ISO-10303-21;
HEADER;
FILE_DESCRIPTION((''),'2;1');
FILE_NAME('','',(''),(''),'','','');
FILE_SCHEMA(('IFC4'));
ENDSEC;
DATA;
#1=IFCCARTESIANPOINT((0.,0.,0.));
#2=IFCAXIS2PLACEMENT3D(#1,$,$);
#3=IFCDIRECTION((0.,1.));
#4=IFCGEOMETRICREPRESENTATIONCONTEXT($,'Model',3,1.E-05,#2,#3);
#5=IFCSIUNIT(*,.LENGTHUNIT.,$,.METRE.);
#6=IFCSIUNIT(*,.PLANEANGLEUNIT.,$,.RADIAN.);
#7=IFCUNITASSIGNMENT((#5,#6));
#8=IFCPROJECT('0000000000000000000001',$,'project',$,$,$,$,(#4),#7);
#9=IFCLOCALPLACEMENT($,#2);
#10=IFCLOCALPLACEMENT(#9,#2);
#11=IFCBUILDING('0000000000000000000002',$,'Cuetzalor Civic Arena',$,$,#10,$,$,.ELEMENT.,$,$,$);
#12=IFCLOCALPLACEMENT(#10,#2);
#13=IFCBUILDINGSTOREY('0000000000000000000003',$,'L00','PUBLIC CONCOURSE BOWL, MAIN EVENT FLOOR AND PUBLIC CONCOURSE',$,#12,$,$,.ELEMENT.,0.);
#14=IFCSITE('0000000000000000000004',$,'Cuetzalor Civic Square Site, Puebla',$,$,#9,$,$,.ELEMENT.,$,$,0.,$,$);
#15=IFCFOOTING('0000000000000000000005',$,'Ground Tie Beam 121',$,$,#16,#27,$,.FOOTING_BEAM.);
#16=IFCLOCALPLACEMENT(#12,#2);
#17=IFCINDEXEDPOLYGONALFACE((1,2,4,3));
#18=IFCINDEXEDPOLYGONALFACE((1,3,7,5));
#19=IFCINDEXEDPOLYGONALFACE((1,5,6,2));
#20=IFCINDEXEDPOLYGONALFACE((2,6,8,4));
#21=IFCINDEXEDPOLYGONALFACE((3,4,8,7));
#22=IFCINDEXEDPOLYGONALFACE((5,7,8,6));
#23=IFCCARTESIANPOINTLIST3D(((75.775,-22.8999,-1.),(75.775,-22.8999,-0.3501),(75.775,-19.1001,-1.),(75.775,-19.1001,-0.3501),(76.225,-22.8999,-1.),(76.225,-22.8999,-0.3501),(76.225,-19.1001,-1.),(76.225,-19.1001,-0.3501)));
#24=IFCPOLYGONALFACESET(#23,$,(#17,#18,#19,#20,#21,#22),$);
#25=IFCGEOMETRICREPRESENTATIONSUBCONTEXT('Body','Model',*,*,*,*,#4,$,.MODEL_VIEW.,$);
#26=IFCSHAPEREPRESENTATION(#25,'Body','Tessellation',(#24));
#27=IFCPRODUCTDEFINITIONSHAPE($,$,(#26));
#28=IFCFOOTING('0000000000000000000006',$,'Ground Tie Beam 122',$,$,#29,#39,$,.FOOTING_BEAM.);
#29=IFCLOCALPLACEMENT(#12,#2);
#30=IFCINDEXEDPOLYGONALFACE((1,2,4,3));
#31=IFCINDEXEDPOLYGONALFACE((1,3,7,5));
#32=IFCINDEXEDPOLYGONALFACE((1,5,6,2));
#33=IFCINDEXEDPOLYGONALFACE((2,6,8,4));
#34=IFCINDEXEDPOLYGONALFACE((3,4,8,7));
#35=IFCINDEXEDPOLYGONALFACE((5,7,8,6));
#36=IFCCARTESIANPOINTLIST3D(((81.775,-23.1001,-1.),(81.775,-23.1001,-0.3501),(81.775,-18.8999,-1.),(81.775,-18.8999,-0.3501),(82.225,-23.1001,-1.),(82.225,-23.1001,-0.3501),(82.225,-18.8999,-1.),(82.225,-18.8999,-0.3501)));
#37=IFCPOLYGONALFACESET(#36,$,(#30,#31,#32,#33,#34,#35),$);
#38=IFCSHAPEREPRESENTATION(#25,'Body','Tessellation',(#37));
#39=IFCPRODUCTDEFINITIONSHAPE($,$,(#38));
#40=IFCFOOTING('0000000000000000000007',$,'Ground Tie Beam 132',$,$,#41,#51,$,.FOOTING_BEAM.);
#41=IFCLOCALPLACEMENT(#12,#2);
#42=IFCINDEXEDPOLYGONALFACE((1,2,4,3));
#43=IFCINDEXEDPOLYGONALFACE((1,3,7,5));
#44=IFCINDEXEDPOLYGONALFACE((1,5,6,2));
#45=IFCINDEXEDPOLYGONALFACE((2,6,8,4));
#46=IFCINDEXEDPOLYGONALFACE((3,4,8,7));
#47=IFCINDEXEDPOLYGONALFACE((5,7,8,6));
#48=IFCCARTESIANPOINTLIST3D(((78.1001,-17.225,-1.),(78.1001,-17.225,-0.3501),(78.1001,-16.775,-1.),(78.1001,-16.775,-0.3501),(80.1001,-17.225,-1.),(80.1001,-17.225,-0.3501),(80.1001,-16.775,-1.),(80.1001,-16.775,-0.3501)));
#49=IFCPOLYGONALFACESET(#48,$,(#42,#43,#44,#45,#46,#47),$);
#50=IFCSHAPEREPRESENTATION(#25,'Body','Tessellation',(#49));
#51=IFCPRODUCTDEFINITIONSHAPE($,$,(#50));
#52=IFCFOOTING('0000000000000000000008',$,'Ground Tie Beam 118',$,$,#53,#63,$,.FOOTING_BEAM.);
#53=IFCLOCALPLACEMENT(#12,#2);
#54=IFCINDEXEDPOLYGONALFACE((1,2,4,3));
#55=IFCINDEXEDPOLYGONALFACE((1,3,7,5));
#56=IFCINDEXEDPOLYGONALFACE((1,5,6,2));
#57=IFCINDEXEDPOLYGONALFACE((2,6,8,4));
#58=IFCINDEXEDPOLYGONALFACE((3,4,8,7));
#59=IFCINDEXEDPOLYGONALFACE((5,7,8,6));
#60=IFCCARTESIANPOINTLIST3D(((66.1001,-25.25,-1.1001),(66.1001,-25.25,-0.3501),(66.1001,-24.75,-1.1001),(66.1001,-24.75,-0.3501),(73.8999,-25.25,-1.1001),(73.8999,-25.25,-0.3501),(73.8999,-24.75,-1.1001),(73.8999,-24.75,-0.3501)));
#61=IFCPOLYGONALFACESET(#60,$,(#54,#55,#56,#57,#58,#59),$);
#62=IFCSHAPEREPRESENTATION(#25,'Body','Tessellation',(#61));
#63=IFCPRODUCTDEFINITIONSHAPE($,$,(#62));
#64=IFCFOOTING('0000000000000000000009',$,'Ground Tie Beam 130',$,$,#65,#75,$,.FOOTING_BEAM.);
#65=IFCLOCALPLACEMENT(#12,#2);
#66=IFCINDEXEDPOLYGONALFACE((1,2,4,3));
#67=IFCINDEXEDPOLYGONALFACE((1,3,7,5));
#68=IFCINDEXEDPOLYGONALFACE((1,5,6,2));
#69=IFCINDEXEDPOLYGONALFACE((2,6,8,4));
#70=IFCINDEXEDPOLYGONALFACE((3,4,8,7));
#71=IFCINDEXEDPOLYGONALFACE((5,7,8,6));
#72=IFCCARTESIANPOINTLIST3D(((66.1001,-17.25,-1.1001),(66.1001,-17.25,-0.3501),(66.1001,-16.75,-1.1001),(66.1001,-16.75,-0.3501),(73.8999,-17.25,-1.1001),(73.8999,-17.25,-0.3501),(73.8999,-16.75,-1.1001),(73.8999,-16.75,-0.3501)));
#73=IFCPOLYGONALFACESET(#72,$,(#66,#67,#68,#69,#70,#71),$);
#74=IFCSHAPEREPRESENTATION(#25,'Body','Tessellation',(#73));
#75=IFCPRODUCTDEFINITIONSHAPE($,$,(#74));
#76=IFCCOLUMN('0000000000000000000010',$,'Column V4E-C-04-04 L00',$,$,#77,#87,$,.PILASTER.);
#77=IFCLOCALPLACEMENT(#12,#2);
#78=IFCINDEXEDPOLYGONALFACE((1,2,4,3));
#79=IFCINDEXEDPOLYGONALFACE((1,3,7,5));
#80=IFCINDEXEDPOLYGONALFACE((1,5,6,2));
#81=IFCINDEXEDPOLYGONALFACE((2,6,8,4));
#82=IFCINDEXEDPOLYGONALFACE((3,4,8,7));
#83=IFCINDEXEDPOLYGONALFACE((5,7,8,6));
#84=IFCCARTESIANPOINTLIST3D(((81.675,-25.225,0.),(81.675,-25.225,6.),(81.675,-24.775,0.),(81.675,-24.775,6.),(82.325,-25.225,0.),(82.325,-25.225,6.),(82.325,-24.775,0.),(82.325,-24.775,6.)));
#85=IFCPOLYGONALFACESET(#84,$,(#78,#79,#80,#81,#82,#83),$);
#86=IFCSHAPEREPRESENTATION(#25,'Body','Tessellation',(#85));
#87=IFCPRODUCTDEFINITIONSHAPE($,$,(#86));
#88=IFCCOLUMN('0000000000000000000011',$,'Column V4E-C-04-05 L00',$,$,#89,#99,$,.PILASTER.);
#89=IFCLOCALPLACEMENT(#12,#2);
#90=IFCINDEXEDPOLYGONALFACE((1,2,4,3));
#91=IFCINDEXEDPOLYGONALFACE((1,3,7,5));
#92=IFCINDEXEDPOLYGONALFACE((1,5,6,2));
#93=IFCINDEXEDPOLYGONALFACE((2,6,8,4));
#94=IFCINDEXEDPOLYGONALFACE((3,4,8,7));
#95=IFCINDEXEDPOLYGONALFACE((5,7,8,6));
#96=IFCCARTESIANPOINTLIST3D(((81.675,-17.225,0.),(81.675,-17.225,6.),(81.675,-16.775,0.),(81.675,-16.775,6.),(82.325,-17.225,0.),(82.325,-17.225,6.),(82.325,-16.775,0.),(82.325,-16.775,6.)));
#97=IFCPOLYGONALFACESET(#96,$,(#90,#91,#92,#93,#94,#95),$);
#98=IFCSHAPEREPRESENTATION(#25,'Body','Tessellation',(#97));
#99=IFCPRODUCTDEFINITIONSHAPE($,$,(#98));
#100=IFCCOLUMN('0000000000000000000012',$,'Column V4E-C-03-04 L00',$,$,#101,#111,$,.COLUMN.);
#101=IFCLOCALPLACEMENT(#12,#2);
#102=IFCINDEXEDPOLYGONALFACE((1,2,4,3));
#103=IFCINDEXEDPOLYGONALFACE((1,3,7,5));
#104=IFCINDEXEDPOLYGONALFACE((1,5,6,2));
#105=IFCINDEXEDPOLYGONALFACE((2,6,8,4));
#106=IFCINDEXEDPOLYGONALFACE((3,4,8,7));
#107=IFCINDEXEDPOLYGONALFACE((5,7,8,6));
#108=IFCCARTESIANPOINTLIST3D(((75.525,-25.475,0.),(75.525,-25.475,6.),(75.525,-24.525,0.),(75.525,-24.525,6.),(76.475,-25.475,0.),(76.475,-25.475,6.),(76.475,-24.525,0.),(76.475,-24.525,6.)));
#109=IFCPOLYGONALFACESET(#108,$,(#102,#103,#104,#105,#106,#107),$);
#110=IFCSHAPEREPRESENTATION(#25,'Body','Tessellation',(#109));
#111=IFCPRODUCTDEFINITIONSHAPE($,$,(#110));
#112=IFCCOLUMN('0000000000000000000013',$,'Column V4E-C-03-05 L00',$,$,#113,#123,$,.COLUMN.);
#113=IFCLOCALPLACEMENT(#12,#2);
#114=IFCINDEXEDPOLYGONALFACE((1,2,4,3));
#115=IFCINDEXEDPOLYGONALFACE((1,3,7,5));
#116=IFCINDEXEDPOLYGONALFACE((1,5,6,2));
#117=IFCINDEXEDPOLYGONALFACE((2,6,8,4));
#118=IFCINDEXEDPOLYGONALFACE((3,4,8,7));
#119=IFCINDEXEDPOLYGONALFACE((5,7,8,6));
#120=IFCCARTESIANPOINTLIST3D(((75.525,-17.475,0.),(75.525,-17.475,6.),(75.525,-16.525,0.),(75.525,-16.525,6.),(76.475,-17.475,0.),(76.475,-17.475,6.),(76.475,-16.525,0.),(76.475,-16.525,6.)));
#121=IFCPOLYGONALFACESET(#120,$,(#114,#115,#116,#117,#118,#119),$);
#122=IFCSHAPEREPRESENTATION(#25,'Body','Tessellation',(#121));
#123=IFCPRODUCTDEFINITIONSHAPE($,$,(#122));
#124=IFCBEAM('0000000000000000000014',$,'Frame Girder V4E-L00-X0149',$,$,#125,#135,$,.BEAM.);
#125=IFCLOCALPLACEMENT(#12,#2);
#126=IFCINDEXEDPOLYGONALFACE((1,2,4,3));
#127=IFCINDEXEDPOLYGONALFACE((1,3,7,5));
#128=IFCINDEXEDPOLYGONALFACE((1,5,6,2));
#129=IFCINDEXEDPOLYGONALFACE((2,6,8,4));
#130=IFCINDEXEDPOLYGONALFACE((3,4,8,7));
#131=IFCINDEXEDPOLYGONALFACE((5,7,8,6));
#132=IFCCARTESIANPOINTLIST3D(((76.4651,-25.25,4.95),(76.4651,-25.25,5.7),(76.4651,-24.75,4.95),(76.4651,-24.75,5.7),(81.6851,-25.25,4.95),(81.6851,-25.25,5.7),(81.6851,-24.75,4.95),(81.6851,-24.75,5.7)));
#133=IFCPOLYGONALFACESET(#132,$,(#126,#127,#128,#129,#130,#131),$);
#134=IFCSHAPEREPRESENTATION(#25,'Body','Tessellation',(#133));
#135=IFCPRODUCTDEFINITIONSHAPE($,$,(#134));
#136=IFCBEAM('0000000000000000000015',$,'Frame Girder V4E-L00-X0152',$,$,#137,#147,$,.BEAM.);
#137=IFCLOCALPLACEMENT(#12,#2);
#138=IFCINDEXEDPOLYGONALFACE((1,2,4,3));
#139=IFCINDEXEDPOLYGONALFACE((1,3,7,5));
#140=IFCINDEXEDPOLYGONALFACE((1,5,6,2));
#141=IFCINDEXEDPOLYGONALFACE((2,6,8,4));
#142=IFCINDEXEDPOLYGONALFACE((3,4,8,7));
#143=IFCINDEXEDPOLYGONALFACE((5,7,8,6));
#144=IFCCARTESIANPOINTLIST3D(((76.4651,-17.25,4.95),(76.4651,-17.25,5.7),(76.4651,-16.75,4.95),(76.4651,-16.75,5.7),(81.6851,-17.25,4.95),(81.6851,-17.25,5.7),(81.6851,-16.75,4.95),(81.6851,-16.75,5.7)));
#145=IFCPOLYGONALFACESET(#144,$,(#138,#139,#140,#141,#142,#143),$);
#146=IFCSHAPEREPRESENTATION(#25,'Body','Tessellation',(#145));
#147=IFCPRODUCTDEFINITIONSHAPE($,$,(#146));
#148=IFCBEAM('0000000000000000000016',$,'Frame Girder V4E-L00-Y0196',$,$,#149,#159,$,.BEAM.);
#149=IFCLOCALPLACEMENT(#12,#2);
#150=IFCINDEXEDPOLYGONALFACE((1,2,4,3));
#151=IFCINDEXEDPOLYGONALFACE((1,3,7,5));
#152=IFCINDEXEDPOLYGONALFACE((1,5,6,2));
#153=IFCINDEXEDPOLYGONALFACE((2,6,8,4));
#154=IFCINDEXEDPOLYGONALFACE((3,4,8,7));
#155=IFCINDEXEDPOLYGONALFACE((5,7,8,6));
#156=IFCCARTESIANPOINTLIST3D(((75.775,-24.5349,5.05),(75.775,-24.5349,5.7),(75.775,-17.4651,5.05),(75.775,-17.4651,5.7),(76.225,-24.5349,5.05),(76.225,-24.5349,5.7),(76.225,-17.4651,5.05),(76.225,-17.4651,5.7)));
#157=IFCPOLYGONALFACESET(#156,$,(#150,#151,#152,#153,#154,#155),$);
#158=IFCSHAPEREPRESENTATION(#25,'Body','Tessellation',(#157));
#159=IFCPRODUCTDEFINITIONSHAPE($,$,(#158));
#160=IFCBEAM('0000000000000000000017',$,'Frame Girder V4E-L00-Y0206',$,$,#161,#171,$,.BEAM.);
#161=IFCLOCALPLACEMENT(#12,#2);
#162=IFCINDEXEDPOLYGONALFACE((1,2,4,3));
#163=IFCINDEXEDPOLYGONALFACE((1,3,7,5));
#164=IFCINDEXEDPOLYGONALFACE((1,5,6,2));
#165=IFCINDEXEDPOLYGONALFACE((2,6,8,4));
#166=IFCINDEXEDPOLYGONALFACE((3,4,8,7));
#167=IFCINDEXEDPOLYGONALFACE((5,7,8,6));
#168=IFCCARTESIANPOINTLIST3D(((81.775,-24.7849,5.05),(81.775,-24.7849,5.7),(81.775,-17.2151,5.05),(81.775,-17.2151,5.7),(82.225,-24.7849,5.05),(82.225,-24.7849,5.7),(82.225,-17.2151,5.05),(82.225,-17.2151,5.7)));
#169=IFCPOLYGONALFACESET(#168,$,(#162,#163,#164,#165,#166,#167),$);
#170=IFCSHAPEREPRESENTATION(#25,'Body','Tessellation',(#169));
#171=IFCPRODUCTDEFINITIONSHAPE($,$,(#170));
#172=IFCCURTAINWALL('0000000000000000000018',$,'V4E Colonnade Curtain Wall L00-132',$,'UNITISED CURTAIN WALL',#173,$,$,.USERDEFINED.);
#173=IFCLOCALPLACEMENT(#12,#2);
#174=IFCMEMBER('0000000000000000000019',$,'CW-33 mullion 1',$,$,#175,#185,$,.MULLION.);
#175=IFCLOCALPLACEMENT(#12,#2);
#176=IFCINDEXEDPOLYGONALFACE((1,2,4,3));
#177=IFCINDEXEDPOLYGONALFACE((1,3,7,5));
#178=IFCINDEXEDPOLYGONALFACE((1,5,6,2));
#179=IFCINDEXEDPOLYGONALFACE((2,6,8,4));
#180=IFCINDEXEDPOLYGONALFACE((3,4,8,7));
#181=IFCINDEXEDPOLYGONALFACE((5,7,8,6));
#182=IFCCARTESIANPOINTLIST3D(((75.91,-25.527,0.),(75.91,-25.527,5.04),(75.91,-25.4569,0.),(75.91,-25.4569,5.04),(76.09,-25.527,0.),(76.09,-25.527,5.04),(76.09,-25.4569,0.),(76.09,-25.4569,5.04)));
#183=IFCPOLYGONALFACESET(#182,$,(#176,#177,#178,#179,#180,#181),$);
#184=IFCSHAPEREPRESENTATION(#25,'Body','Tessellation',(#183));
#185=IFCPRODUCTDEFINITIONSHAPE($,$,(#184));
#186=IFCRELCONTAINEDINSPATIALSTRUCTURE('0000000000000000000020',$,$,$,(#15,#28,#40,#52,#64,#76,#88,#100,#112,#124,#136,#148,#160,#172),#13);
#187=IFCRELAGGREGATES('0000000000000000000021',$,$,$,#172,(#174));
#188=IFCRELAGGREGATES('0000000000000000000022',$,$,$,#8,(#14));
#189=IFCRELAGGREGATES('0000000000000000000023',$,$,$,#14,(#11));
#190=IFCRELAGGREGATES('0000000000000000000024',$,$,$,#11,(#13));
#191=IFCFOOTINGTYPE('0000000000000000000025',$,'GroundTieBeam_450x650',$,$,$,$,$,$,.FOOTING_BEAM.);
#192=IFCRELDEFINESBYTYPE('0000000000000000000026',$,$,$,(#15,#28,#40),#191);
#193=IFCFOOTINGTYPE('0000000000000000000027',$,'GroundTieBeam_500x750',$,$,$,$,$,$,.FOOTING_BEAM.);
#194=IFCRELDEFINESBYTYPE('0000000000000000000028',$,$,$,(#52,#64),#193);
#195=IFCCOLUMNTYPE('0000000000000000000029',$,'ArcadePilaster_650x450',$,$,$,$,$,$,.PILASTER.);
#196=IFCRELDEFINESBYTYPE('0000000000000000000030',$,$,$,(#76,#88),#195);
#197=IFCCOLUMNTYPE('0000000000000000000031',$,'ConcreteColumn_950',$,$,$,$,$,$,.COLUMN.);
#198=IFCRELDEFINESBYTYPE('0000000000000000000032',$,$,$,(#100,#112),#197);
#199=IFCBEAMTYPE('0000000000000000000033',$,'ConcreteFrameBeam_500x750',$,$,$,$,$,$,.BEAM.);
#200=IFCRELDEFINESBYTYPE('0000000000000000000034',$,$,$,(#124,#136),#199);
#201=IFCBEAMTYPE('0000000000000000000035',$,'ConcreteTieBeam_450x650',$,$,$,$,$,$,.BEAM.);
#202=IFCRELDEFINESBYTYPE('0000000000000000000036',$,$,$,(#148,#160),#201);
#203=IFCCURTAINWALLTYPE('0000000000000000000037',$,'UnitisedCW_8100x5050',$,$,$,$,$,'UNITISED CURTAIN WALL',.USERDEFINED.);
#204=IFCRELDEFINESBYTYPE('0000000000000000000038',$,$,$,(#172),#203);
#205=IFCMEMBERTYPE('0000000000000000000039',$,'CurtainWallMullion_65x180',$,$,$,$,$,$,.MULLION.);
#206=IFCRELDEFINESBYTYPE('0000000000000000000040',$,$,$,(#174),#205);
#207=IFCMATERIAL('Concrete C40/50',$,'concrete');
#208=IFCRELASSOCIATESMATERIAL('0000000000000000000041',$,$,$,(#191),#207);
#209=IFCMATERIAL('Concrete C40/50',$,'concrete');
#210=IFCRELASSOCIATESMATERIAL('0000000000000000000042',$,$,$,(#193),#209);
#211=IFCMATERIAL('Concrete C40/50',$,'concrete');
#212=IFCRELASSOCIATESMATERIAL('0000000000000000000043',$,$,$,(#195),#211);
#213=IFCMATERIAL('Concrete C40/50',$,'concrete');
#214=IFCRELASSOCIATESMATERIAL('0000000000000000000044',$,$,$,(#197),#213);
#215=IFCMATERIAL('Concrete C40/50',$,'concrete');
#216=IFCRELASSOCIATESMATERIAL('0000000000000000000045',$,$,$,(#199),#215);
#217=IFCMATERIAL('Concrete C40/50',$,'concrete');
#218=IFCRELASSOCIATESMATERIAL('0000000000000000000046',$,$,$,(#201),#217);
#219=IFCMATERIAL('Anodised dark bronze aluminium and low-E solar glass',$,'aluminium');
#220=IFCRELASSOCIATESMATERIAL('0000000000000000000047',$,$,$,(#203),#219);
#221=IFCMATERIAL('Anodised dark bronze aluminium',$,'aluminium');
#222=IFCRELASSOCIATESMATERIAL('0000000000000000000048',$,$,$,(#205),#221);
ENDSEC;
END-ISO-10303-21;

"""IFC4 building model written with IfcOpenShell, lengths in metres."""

from ifc_helpers import new_model, si_unit, direction, frame, origin, origin_2d, place, context, subcontext, project, spatial, rectangle, extrude, material, material_profile, profile_set, type_object, element, aggregate, save


model = new_model("IFC4")

# Units and contexts
model_context = context("Model", 3, precision=1e-05, world=origin(), true_north=direction((0.0, 1.0)))
body_context = subcontext(model_context, "Body", "Model", "MODEL_VIEW")
ifc_project = project(units=[si_unit("LENGTHUNIT", "METRE"), si_unit("PLANEANGLEUNIT", "RADIAN")], contexts=[model_context])

# Site, building, storey
site_placement = place(None, origin())
site = spatial("IfcSite", under=ifc_project, at=site_placement, Name="Cuetzalor Civic Square Site, Puebla", CompositionType="ELEMENT", RefElevation=0.0)
building_placement = place(site_placement, origin())
building = spatial("IfcBuilding", under=site, at=building_placement, Name="Cuetzalor Civic Arena", CompositionType="ELEMENT")
storey_placement = place(building_placement, origin())
storey = spatial("IfcBuildingStorey", under=building, at=storey_placement, Name="L00", Description="PUBLIC CONCOURSE BOWL, MAIN EVENT FLOOR AND PUBLIC CONCOURSE", CompositionType="ELEMENT", Elevation=0.0)

# Footings
ifc_material_1 = material(Name="Concrete C40/50", Category="concrete")
ifc_material_profile_1 = material_profile(ifc_material_1, rectangle(XDim=0.45, YDim=0.6499, at=origin_2d()), Name="RC 450x650")
ifc_profile_set_1 = profile_set([ifc_material_profile_1], Name="Concrete C40/50")
footing_type_1 = type_object("IfcFootingType", Name="GroundTieBeam_450x650", PredefinedType="FOOTING_BEAM", material=ifc_profile_set_1)
footing_1_placement = place(storey_placement, frame((76.0, -22.8999, -0.675), z_axis=(0.0, 1.0, 0.0), x_axis=(-1.0, 0.0, 0.0)))
element("IfcFooting", 1, at=footing_1_placement, inside=storey, type_object=footing_type_1, Name="Ground Tie Beam 121", PredefinedType="FOOTING_BEAM", context=body_context, shape_type="SweptSolid", body=[
    extrude(rectangle(XDim=0.45, YDim=0.6499, at=origin_2d()), origin(), (0.0, 0.0, 1.0), 3.7998),
])
footing_2_placement = place(storey_placement, frame((82.0, -23.1001, -0.675), z_axis=(0.0, 1.0, 0.0), x_axis=(-1.0, 0.0, 0.0)))
element("IfcFooting", 2, at=footing_2_placement, inside=storey, type_object=footing_type_1, Name="Ground Tie Beam 122", PredefinedType="FOOTING_BEAM", context=body_context, shape_type="SweptSolid", body=[
    extrude(rectangle(XDim=0.45, YDim=0.6499, at=origin_2d()), origin(), (0.0, 0.0, 1.0), 4.2002),
])
footing_3_placement = place(storey_placement, frame((78.1001, -17.0, -0.675), z_axis=(1.0, 0.0, 0.0), x_axis=(0.0, 1.0, 0.0)))
element("IfcFooting", 3, at=footing_3_placement, inside=storey, type_object=footing_type_1, Name="Ground Tie Beam 132", PredefinedType="FOOTING_BEAM", context=body_context, shape_type="SweptSolid", body=[
    extrude(rectangle(XDim=0.45, YDim=0.6499, at=origin_2d()), origin(), (0.0, 0.0, 1.0), 2.0),
])
ifc_material_2 = material(Name="Concrete C40/50", Category="concrete")
ifc_material_profile_2 = material_profile(ifc_material_2, rectangle(XDim=0.5, YDim=0.75, at=origin_2d()), Name="RC 500x750")
ifc_profile_set_2 = profile_set([ifc_material_profile_2], Name="Concrete C40/50")
footing_type_2 = type_object("IfcFootingType", Name="GroundTieBeam_500x750", PredefinedType="FOOTING_BEAM", material=ifc_profile_set_2)
for number, where, z_axis, x_axis, name in (
    (4, (66.1001, -25.0, -0.7251), (1.0, 0.0, 0.0), (0.0, 1.0, 0.0), "Ground Tie Beam 118"),
    (5, (66.1001, -17.0, -0.7251), (1.0, 0.0, 0.0), (0.0, 1.0, 0.0), "Ground Tie Beam 130"),
):
    element("IfcFooting", number, at=place(storey_placement, frame(where, z_axis=z_axis, x_axis=x_axis)), inside=storey, type_object=footing_type_2, Name=name, PredefinedType="FOOTING_BEAM", context=body_context, shape_type="SweptSolid", body=[
        extrude(rectangle(XDim=0.5, YDim=0.75, at=origin_2d()), origin(), (0.0, 0.0, 1.0), 7.7998),
    ])

# Columns
ifc_material_3 = material(Name="Concrete C40/50", Category="concrete")
ifc_material_profile_3 = material_profile(ifc_material_3, rectangle(XDim=0.6499, YDim=0.45, at=origin_2d()), Name="RC 650x450")
ifc_profile_set_3 = profile_set([ifc_material_profile_3], Name="Concrete C40/50")
column_type_1 = type_object("IfcColumnType", Name="ArcadePilaster_650x450", PredefinedType="PILASTER", material=ifc_profile_set_3)
for number, where, z_axis, x_axis, name in (
    (6, (82.0, -25.0, 0.0), (0.0, 0.0, 1.0), (1.0, 0.0, 0.0), "Column V4E-C-04-04 L00"),
    (7, (82.0, -17.0, 0.0), (0.0, 0.0, 1.0), (1.0, 0.0, 0.0), "Column V4E-C-04-05 L00"),
):
    element("IfcColumn", number, at=place(storey_placement, frame(where, z_axis=z_axis, x_axis=x_axis)), inside=storey, type_object=column_type_1, Name=name, PredefinedType="PILASTER", context=body_context, shape_type="SweptSolid", body=[
        extrude(rectangle(XDim=0.6499, YDim=0.45, at=origin_2d()), origin(), (0.0, 0.0, 1.0), 6.0),
    ])
ifc_material_4 = material(Name="Concrete C40/50", Category="concrete")
ifc_material_profile_4 = material_profile(ifc_material_4, rectangle(XDim=0.95, YDim=0.95, at=origin_2d()), Name="RC 950x950")
ifc_profile_set_4 = profile_set([ifc_material_profile_4], Name="Concrete C40/50")
column_type_2 = type_object("IfcColumnType", Name="ConcreteColumn_950", PredefinedType="COLUMN", material=ifc_profile_set_4)
for number, where, z_axis, x_axis, name in (
    (8, (76.0, -25.0, 0.0), (0.0, 0.0, 1.0), (1.0, 0.0, 0.0), "Column V4E-C-03-04 L00"),
    (9, (76.0, -17.0, 0.0), (0.0, 0.0, 1.0), (1.0, 0.0, 0.0), "Column V4E-C-03-05 L00"),
):
    element("IfcColumn", number, at=place(storey_placement, frame(where, z_axis=z_axis, x_axis=x_axis)), inside=storey, type_object=column_type_2, Name=name, PredefinedType="COLUMN", context=body_context, shape_type="SweptSolid", body=[
        extrude(rectangle(XDim=0.95, YDim=0.95, at=origin_2d()), origin(), (0.0, 0.0, 1.0), 6.0),
    ])

# Beams
ifc_material_5 = material(Name="Concrete C40/50", Category="concrete")
ifc_material_profile_5 = material_profile(ifc_material_5, rectangle(XDim=0.5, YDim=0.75, at=origin_2d()), Name="RC 500x750")
ifc_profile_set_5 = profile_set([ifc_material_profile_5], Name="Concrete C40/50")
beam_type_1 = type_object("IfcBeamType", Name="ConcreteFrameBeam_500x750", PredefinedType="BEAM", material=ifc_profile_set_5)
for number, where, z_axis, x_axis, name in (
    (10, (76.4651, -25.0, 5.325), (1.0, 0.0, 0.0), (0.0, 1.0, 0.0), "Frame Girder V4E-L00-X0149"),
    (11, (76.4651, -17.0, 5.325), (1.0, 0.0, 0.0), (0.0, 1.0, 0.0), "Frame Girder V4E-L00-X0152"),
):
    element("IfcBeam", number, at=place(storey_placement, frame(where, z_axis=z_axis, x_axis=x_axis)), inside=storey, type_object=beam_type_1, Name=name, PredefinedType="BEAM", context=body_context, shape_type="SweptSolid", body=[
        extrude(rectangle(XDim=0.5, YDim=0.75, at=origin_2d()), origin(), (0.0, 0.0, 1.0), 5.22),
    ])
ifc_material_6 = material(Name="Concrete C40/50", Category="concrete")
ifc_material_profile_6 = material_profile(ifc_material_6, rectangle(XDim=0.45, YDim=0.6499, at=origin_2d()), Name="RC 450x650")
ifc_profile_set_6 = profile_set([ifc_material_profile_6], Name="Concrete C40/50")
beam_type_2 = type_object("IfcBeamType", Name="ConcreteTieBeam_450x650", PredefinedType="BEAM", material=ifc_profile_set_6)
beam_1_placement = place(storey_placement, frame((76.0, -24.5349, 5.375), z_axis=(0.0, 1.0, 0.0), x_axis=(-1.0, 0.0, 0.0)))
element("IfcBeam", 12, at=beam_1_placement, inside=storey, type_object=beam_type_2, Name="Frame Girder V4E-L00-Y0196", PredefinedType="BEAM", context=body_context, shape_type="SweptSolid", body=[
    extrude(rectangle(XDim=0.45, YDim=0.6499, at=origin_2d()), origin(), (0.0, 0.0, 1.0), 7.0698),
])
beam_2_placement = place(storey_placement, frame((82.0, -24.7849, 5.375), z_axis=(0.0, 1.0, 0.0), x_axis=(-1.0, 0.0, 0.0)))
element("IfcBeam", 13, at=beam_2_placement, inside=storey, type_object=beam_type_2, Name="Frame Girder V4E-L00-Y0206", PredefinedType="BEAM", context=body_context, shape_type="SweptSolid", body=[
    extrude(rectangle(XDim=0.45, YDim=0.6499, at=origin_2d()), origin(), (0.0, 0.0, 1.0), 7.5698),
])

# Curtain wall, member
ifc_material_7 = material(Name="Anodised dark bronze aluminium and low-E solar glass", Category="aluminium")
curtain_wall_type = type_object("IfcCurtainWallType", Name="UnitisedCW_8100x5050", ElementType="UNITISED CURTAIN WALL", PredefinedType="USERDEFINED", material=ifc_material_7)
curtain_wall_placement = place(storey_placement, origin())
curtain_wall = element("IfcCurtainWall", 14, at=curtain_wall_placement, inside=storey, type_object=curtain_wall_type, Name="V4E Colonnade Curtain Wall L00-132", ObjectType="UNITISED CURTAIN WALL", PredefinedType="USERDEFINED")
ifc_material_8 = material(Name="Anodised dark bronze aluminium", Category="aluminium")
ifc_material_profile_7 = material_profile(ifc_material_8, rectangle(XDim=0.0701, YDim=0.1799, at=origin_2d()), Name="ALU MULLION 70x180")
ifc_profile_set_7 = profile_set([ifc_material_profile_7], Name="Anodised dark bronze aluminium")
member_type_1 = type_object("IfcMemberType", Name="CurtainWallMullion_65x180", PredefinedType="MULLION", material=ifc_profile_set_7)
member_1_placement = place(storey_placement, frame((76.0, -25.4919, 0.0), z_axis=(0.0, 0.0, 1.0), x_axis=(0.0, -1.0, 0.0)))
member_1 = element("IfcMember", 15, at=member_1_placement, type_object=member_type_1, Name="CW-33 mullion 1", PredefinedType="MULLION", context=body_context, shape_type="SweptSolid", body=[
    extrude(rectangle(XDim=0.0701, YDim=0.1799, at=origin_2d()), origin(), (0.0, 0.0, 1.0), 5.04),
])
aggregate(curtain_wall, [member_1])

save(model, "model.ifc")
